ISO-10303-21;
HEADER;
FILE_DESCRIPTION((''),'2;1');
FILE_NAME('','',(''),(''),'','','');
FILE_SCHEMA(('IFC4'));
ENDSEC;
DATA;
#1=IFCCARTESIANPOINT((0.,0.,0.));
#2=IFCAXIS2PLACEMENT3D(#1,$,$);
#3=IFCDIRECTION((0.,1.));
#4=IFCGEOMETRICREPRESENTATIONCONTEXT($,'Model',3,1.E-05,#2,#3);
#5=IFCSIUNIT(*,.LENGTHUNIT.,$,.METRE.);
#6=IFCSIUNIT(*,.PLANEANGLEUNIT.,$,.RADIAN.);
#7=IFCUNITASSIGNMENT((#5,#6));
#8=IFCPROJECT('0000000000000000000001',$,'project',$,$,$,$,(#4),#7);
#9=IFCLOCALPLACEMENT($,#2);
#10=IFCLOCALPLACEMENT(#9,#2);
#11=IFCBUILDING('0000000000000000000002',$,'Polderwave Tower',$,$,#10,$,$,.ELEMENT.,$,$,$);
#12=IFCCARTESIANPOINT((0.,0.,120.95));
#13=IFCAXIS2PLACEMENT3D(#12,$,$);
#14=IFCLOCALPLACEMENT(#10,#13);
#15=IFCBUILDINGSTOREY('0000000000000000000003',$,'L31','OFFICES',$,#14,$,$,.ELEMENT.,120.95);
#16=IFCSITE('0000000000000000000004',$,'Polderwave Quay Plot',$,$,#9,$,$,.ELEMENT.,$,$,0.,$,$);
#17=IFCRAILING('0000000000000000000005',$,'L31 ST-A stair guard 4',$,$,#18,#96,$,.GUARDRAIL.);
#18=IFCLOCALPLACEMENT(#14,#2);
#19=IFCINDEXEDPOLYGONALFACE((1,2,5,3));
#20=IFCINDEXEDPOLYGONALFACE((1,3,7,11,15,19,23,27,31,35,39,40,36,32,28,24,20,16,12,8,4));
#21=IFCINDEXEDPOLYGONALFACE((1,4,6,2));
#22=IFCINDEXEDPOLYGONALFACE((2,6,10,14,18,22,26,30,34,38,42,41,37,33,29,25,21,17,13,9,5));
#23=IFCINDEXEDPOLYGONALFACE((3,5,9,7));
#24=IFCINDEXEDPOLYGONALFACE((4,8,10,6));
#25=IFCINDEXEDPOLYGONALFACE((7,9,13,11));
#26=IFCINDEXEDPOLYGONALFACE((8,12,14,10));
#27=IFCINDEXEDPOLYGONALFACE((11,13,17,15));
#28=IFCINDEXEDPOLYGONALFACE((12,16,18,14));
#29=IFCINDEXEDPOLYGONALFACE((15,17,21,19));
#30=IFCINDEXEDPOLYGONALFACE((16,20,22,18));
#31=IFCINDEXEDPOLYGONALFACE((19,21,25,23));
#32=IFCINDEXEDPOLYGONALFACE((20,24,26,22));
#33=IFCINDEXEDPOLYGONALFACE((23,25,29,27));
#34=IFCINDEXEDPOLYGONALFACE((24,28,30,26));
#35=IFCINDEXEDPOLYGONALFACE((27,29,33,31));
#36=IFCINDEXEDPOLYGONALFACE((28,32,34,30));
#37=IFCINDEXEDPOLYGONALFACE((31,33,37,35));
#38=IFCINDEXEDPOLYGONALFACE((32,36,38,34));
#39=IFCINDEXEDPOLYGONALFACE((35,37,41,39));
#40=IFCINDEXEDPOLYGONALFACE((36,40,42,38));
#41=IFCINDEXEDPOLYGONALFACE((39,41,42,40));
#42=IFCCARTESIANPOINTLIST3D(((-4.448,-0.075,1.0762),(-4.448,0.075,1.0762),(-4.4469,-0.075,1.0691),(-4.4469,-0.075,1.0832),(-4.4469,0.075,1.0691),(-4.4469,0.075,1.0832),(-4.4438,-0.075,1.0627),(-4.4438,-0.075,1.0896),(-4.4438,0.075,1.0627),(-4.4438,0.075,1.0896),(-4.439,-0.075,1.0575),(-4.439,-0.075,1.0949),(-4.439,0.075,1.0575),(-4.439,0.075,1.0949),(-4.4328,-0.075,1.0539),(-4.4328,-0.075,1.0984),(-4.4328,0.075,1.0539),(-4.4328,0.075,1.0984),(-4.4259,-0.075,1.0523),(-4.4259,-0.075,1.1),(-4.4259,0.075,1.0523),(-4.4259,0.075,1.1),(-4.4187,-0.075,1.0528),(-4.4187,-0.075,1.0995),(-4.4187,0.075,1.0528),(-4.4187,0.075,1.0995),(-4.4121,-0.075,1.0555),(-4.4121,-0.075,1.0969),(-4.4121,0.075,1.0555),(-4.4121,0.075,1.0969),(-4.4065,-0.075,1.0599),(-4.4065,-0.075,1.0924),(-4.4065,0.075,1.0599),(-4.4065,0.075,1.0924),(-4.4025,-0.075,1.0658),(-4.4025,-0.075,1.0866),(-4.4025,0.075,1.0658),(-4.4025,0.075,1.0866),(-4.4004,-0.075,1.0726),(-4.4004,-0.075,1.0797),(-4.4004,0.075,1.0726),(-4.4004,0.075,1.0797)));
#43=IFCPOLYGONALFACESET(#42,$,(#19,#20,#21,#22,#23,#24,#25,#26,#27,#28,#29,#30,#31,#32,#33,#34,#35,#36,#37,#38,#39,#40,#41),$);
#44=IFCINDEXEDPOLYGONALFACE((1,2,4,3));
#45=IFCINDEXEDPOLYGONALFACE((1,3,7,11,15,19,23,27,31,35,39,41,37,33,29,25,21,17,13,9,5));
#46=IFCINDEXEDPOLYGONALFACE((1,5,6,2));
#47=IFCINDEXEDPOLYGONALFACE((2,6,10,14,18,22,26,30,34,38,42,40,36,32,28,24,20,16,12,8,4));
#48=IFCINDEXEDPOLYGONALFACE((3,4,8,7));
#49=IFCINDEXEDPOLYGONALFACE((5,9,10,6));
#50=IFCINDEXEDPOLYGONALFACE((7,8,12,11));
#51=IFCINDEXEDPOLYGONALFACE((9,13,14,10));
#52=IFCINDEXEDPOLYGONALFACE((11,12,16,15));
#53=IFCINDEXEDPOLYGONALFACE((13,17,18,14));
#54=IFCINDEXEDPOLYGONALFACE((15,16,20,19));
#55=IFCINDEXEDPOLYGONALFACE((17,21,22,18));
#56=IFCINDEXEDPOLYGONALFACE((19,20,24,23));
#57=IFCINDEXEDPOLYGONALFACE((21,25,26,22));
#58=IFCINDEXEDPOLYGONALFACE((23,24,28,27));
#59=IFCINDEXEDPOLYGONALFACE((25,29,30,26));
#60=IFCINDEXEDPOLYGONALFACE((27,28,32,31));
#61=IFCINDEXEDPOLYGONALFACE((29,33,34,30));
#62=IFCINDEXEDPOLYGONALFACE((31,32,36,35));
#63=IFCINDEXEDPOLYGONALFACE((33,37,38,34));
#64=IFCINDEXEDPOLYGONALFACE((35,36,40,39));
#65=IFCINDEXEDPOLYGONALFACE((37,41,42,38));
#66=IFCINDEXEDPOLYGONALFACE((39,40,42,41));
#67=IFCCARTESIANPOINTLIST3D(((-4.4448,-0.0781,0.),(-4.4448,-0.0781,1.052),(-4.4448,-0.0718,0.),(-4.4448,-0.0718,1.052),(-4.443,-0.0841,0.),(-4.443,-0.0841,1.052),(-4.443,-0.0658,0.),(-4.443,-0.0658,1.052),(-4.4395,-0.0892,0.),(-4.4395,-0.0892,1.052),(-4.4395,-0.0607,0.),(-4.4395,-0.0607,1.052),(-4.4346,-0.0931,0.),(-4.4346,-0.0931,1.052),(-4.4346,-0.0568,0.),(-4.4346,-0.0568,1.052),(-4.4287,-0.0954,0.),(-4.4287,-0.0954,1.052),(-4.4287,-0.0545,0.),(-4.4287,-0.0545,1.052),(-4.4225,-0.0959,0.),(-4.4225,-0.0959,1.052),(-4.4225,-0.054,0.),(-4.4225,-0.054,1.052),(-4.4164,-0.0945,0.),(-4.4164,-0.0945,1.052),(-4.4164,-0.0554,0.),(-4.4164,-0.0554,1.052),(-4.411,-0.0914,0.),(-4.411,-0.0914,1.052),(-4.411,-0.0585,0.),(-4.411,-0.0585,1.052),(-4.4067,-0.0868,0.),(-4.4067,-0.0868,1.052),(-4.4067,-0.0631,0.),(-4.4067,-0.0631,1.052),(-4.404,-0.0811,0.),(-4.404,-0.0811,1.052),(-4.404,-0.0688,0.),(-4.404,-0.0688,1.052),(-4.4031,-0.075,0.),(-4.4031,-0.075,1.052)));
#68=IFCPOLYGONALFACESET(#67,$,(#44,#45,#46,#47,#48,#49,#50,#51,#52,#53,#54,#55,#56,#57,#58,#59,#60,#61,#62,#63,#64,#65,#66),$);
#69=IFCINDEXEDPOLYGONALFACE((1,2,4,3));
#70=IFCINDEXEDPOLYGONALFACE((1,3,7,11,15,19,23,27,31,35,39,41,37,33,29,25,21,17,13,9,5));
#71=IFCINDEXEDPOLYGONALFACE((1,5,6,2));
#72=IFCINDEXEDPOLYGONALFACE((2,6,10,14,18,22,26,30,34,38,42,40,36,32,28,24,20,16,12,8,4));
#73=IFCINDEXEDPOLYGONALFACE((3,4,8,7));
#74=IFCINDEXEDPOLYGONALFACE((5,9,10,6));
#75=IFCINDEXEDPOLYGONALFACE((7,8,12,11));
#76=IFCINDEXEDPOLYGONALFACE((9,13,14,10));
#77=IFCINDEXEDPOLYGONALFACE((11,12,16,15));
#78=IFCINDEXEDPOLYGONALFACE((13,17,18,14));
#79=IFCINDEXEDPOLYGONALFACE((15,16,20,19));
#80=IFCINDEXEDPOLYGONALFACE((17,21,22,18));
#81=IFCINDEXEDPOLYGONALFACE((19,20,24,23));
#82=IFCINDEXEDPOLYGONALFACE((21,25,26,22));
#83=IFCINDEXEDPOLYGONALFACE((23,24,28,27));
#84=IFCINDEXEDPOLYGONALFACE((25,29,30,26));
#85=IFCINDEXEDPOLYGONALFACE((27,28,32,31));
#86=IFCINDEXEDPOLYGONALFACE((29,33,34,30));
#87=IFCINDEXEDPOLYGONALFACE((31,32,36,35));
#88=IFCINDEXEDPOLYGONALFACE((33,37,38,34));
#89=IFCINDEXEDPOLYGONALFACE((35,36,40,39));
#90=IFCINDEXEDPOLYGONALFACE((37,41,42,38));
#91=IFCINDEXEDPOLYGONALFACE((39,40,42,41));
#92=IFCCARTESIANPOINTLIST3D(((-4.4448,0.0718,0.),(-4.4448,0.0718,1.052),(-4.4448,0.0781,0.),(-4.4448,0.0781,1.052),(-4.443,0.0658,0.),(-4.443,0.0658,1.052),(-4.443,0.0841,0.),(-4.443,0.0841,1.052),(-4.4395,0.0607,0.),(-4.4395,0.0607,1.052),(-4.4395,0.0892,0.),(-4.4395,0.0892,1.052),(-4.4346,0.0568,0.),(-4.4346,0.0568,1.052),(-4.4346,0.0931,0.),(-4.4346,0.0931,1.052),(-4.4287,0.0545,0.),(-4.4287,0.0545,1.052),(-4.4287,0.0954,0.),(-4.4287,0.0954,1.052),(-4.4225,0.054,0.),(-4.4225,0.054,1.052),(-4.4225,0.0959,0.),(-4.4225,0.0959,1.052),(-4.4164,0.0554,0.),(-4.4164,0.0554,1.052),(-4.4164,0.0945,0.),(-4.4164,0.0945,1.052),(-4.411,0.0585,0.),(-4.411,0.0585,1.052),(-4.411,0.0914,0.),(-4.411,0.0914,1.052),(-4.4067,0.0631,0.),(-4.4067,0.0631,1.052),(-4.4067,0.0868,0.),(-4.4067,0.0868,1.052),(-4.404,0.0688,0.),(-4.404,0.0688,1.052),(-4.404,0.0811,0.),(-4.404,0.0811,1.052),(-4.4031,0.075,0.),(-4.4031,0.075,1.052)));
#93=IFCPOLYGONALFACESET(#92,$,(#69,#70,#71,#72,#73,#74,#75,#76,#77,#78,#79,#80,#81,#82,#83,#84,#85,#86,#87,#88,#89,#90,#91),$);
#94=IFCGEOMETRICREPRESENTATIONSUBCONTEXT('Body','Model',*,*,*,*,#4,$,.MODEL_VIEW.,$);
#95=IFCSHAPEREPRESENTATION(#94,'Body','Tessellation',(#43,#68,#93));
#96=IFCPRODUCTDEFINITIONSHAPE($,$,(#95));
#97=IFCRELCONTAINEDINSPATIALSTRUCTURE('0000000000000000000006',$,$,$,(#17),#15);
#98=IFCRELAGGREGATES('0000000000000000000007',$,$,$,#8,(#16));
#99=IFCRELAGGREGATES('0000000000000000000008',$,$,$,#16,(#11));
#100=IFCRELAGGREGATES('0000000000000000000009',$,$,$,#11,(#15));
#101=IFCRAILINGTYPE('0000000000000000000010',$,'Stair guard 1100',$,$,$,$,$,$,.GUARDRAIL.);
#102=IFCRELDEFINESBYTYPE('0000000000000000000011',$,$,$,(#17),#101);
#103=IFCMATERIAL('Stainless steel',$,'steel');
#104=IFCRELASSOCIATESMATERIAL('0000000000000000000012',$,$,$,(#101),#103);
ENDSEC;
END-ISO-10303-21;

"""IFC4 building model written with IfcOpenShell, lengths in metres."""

from ifc_helpers import new_model, si_unit, direction, frame, origin, origin_2d, place, context, subcontext, project, spatial, circle, extrude, material, type_object, element, save


model = new_model("IFC4")

# Units and contexts
model_context = context("Model", 3, precision=1e-05, world=origin(), true_north=direction((0.0, 1.0)))
body_context = subcontext(model_context, "Body", "Model", "MODEL_VIEW")
ifc_project = project(units=[si_unit("LENGTHUNIT", "METRE"), si_unit("PLANEANGLEUNIT", "RADIAN")], contexts=[model_context])

# Site, building, storey
site_placement = place(None, origin())
site = spatial("IfcSite", under=ifc_project, at=site_placement, Name="Polderwave Quay Plot", CompositionType="ELEMENT", RefElevation=0.0)
building_placement = place(site_placement, origin())
building = spatial("IfcBuilding", under=site, at=building_placement, Name="Polderwave Tower", CompositionType="ELEMENT")
storey_placement = place(building_placement, frame((0.0, 0.0, 120.95)))
storey = spatial("IfcBuildingStorey", under=building, at=storey_placement, Name="L31", Description="OFFICES", CompositionType="ELEMENT", Elevation=120.95)

# Shared definitions
ifc_material_1 = material(Name="Stainless steel", Category="steel")

# Railing
railing_type = type_object("IfcRailingType", Name="Stair guard 1100", PredefinedType="GUARDRAIL", material=ifc_material_1)
railing_placement = place(storey_placement, frame((-4.4241, -0.075, 0.0)))
element("IfcRailing", 1, at=railing_placement, inside=storey, type_object=railing_type, Name="L31 ST-A stair guard 4", PredefinedType="GUARDRAIL", context=body_context, shape_type="SweptSolid", body=[
    extrude(circle(Radius=0.0239, at=origin_2d()), frame((0.0, 0.0, 1.0762), z_axis=(0.0, 1.0, 0.0), x_axis=(-1.0, 0.0, 0.0)), (0.0, 0.0, 1.0), 0.1499),
    extrude(circle(Radius=0.021, at=origin_2d()), origin(), (0.0, 0.0, 1.0), 1.052),
    extrude(circle(Radius=0.021, at=origin_2d()), frame((0.0, 0.1499, 0.0)), (0.0, 0.0, 1.0), 1.052),
])

save(model, "model.ifc")
